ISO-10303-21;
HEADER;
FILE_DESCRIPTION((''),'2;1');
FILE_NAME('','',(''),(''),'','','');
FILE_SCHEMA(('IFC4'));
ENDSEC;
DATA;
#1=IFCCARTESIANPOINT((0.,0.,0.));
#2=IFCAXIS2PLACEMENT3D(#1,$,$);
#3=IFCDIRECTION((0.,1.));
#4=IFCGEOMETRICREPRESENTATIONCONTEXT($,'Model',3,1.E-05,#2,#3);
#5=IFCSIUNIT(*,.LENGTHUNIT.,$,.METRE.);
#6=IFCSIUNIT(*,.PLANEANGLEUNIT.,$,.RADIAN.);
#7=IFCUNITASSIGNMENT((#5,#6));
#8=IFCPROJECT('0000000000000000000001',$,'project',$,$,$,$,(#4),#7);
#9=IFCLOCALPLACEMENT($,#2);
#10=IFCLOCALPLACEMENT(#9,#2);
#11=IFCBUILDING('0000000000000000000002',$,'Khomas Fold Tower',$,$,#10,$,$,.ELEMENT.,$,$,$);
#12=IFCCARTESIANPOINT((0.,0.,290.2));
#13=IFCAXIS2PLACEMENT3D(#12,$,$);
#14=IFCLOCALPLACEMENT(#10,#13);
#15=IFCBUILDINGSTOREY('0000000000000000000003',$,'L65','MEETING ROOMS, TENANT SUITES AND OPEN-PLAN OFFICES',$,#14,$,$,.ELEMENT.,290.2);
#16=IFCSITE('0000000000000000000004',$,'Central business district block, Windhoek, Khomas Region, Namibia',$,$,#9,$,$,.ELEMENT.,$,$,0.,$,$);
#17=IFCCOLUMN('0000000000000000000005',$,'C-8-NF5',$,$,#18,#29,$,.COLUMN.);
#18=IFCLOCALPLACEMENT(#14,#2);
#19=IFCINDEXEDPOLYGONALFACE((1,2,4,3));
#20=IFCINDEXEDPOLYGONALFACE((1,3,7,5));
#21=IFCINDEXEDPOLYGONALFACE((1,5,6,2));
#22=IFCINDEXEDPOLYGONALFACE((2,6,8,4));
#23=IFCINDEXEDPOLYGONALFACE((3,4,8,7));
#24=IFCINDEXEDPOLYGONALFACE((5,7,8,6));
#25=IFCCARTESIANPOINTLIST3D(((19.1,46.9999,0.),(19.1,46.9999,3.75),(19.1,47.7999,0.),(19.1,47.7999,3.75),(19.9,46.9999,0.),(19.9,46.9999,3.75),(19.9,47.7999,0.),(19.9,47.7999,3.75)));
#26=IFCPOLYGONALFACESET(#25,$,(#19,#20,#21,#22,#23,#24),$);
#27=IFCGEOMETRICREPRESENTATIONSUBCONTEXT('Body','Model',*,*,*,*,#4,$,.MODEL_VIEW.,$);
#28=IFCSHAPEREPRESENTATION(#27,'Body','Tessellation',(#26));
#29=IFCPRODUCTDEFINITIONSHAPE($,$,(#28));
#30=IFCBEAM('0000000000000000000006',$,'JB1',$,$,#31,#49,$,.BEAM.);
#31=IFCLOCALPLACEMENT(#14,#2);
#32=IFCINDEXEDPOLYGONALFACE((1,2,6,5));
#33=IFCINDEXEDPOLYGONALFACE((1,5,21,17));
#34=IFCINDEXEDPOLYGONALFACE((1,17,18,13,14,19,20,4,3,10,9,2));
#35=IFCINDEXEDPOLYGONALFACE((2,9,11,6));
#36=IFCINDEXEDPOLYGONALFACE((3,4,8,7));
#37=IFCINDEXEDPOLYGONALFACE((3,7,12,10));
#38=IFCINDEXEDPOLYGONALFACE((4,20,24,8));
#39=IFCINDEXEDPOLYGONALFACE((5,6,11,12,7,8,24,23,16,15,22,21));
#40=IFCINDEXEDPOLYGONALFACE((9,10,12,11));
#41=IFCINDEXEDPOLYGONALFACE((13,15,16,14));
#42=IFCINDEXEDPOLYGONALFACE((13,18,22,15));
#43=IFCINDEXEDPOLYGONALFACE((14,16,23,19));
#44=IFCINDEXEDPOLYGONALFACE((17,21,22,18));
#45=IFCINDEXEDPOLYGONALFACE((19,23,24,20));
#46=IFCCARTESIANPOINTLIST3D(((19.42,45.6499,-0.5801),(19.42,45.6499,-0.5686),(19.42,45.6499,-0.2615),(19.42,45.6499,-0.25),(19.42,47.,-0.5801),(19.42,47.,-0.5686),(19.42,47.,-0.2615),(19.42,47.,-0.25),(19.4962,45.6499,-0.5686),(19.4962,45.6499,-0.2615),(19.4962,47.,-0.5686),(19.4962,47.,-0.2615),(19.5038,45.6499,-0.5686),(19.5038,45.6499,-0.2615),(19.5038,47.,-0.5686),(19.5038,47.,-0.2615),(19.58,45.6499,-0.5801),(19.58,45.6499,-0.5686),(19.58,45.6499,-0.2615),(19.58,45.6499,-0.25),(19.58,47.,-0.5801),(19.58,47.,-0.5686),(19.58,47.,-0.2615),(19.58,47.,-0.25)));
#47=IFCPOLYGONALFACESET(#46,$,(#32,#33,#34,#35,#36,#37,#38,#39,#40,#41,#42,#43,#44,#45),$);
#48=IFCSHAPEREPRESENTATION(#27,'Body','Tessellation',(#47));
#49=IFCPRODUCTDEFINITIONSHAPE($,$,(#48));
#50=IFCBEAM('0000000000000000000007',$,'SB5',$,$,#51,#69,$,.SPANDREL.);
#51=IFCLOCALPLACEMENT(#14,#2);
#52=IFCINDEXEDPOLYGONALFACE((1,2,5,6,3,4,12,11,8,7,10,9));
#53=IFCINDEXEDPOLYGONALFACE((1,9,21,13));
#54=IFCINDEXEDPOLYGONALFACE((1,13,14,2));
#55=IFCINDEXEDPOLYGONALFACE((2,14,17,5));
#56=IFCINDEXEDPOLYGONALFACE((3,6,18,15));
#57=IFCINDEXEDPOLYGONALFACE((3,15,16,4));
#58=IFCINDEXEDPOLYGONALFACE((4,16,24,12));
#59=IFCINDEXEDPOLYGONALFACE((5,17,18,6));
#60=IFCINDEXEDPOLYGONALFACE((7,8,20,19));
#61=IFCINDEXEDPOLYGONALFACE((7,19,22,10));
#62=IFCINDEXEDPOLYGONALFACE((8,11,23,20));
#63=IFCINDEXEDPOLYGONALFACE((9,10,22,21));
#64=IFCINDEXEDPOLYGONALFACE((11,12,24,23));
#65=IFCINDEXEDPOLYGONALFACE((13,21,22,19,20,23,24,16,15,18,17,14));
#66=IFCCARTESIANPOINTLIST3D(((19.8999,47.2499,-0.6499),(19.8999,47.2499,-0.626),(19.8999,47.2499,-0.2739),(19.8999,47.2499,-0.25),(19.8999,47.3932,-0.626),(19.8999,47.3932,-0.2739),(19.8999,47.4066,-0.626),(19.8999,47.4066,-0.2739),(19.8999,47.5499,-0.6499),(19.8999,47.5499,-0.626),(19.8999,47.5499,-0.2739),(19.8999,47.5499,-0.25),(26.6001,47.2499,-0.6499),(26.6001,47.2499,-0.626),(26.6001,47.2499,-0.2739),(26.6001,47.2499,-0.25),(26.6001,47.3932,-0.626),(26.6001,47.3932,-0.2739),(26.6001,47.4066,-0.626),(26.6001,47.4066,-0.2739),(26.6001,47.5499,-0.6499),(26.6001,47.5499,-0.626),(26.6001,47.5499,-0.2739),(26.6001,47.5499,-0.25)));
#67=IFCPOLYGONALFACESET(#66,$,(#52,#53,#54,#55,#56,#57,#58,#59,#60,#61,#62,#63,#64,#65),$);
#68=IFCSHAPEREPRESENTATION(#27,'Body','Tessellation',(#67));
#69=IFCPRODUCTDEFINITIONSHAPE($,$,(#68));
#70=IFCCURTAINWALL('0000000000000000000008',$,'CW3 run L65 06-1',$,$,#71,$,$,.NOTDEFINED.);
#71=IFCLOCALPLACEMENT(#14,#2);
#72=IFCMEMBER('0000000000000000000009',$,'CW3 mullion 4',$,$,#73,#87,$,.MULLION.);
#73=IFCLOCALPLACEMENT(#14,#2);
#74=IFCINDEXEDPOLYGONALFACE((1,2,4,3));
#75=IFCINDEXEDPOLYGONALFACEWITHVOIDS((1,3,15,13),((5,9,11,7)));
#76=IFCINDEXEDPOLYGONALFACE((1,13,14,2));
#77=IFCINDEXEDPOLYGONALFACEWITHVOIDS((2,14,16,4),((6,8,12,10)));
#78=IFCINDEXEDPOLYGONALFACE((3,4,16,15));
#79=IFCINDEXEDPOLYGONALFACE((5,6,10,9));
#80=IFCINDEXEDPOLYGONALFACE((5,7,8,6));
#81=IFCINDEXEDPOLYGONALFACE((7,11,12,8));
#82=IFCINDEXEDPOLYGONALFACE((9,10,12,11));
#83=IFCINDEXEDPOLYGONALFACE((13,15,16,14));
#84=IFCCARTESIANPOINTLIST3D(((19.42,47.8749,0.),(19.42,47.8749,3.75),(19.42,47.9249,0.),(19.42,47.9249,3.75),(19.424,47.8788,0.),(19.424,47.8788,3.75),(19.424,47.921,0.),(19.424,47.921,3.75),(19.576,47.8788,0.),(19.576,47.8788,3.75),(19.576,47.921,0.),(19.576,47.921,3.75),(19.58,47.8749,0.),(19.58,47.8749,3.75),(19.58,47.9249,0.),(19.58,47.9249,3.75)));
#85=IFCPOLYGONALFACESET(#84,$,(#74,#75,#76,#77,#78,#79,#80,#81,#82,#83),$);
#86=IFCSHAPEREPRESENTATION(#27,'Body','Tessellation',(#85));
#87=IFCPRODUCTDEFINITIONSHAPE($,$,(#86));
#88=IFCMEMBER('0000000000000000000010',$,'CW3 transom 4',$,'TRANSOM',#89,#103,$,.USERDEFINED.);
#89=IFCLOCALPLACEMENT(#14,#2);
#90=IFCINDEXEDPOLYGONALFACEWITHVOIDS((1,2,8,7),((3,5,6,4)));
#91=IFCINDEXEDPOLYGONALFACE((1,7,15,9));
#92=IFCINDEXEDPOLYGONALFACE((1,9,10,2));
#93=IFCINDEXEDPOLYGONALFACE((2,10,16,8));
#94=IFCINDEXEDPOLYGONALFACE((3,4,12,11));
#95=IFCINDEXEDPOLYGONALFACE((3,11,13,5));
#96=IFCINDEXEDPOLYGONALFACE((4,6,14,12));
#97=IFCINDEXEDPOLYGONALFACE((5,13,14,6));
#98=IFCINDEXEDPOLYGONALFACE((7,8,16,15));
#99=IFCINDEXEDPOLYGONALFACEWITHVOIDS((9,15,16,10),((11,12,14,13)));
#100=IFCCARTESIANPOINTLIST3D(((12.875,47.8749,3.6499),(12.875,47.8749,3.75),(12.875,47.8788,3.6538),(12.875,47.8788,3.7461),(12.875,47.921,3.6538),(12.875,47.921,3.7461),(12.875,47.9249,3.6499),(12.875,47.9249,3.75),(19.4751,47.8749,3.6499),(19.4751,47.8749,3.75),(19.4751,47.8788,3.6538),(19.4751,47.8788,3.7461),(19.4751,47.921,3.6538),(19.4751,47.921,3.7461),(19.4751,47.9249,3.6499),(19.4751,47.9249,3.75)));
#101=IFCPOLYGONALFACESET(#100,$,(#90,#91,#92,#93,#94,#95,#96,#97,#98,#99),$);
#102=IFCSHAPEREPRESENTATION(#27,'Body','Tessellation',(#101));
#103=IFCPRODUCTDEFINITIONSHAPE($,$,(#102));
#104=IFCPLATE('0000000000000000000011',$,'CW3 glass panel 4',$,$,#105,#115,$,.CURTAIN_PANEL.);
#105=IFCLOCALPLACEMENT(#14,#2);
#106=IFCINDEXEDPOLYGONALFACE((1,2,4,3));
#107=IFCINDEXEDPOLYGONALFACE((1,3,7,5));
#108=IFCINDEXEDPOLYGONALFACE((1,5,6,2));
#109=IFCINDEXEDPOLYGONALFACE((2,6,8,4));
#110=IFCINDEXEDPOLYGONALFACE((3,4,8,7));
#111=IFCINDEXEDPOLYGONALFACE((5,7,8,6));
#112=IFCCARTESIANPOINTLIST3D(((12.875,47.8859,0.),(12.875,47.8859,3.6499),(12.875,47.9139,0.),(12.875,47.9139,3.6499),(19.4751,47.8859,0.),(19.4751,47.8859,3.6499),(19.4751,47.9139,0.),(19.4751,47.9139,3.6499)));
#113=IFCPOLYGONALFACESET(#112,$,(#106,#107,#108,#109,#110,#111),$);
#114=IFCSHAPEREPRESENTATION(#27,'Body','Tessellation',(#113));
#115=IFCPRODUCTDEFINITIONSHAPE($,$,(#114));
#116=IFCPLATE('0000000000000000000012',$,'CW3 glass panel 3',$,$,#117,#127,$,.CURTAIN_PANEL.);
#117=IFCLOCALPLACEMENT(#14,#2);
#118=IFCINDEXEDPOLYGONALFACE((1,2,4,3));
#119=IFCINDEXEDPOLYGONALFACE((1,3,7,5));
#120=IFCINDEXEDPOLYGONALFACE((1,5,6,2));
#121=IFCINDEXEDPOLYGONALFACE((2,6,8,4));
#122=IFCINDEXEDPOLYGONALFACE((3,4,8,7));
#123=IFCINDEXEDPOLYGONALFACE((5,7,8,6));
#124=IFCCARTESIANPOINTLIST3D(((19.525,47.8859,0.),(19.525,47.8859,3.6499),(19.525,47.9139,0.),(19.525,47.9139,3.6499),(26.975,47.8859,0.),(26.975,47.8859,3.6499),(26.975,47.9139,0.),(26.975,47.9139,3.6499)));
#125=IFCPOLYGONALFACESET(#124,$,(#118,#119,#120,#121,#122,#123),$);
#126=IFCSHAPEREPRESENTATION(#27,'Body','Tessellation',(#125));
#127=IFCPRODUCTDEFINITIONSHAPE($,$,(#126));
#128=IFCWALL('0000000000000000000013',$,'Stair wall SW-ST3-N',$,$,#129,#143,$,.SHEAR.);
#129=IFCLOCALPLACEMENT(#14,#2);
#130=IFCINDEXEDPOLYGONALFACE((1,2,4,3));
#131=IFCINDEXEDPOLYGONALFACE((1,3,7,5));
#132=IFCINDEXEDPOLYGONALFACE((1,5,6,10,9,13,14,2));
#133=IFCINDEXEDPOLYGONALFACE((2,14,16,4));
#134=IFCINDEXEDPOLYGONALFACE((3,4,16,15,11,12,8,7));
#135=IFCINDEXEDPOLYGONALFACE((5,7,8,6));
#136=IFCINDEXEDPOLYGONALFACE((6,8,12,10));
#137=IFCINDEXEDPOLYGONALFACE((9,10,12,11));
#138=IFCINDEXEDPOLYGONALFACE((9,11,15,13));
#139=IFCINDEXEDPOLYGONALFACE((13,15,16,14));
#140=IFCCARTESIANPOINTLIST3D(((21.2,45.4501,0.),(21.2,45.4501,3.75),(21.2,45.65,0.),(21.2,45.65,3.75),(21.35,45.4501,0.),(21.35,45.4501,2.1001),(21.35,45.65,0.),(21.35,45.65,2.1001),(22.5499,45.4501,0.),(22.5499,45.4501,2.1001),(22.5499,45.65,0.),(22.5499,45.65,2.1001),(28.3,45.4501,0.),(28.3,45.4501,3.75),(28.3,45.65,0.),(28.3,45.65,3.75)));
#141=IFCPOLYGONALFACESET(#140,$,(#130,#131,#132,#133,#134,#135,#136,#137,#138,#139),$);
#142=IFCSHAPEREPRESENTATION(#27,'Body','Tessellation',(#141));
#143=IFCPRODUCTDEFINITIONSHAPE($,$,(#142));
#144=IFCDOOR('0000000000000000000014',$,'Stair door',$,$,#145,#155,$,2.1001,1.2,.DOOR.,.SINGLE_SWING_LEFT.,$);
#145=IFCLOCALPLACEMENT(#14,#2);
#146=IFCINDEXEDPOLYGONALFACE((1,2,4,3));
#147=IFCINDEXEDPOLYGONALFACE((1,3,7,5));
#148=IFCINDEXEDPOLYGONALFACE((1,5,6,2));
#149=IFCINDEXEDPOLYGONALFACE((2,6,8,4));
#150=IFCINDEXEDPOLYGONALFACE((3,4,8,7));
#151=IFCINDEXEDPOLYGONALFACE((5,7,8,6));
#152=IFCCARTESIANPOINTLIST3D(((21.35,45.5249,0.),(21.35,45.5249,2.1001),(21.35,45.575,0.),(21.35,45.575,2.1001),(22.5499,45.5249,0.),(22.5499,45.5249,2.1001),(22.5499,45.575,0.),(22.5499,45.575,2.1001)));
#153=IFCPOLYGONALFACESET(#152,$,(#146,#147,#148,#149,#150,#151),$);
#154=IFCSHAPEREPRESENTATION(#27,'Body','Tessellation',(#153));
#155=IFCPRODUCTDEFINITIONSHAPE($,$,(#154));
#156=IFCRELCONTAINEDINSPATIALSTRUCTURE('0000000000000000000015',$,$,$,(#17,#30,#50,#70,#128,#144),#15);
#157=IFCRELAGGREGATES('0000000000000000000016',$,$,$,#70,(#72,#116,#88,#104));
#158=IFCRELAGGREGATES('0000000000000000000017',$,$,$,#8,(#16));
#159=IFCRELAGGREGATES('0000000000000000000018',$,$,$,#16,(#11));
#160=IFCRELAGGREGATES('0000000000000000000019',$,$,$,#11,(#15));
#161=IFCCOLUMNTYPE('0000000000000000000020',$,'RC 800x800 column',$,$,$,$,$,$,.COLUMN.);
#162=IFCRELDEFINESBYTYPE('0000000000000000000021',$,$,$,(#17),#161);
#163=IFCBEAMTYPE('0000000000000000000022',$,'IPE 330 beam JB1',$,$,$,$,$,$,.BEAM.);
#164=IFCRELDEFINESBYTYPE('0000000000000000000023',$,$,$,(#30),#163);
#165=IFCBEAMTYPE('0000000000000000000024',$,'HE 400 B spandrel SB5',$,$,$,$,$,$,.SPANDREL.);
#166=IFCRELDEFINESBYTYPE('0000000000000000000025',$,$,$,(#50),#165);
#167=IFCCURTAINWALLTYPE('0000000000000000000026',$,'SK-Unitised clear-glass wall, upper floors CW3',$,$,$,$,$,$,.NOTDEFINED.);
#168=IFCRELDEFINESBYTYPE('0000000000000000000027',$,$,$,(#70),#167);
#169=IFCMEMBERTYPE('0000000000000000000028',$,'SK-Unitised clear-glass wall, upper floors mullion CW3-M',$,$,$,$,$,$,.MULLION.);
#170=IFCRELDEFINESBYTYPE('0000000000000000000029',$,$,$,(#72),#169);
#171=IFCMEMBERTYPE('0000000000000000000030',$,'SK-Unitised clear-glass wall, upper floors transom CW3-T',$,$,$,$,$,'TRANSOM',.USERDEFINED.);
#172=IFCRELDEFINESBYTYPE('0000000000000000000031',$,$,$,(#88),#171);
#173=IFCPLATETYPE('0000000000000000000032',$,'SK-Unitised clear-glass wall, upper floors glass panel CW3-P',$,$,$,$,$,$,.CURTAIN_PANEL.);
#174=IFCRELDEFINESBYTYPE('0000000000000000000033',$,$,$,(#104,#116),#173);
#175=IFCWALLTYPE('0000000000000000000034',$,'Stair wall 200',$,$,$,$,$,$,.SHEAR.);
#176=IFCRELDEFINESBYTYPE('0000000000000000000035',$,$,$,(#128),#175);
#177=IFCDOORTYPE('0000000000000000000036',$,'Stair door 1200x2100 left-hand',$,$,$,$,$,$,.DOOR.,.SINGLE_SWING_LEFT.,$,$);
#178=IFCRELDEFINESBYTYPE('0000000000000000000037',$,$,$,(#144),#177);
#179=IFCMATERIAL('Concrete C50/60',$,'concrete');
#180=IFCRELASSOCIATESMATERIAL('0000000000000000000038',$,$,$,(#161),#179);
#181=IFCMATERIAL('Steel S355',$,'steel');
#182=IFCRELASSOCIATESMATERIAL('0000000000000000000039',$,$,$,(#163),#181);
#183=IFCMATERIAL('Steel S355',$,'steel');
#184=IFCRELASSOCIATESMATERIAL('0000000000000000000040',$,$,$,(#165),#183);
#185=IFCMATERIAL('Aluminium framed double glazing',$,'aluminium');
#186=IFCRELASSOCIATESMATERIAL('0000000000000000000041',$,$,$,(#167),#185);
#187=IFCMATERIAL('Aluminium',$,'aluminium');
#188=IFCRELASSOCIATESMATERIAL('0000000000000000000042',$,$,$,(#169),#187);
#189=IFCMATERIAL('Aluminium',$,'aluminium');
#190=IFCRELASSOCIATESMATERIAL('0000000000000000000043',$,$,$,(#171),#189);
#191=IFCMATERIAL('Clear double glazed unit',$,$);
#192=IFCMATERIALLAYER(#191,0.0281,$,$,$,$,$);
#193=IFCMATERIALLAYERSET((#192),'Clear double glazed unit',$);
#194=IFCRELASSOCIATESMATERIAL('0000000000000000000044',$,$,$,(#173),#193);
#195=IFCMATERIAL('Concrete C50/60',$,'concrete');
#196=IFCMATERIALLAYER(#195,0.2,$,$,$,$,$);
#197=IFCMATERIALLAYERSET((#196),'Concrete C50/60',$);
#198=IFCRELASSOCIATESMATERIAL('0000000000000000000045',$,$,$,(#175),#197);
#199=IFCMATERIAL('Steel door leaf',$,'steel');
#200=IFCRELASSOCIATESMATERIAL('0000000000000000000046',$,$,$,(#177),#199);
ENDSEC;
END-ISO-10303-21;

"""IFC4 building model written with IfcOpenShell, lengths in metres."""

from ifc_helpers import new_model, si_unit, direction, frame, frame_2d, origin, origin_2d, place, context, subcontext, project, spatial, rectangle, hollow_rectangle, i_section, extrude, source, transform, mapped, material, layer, layer_set, material_profile, profile_set, type_object, element, fill, aggregate, save


model = new_model("IFC4")

# Units and contexts
model_context = context("Model", 3, precision=1e-05, world=origin(), true_north=direction((0.0, 1.0)))
body_context = subcontext(model_context, "Body", "Model", "MODEL_VIEW")
ifc_project = project(units=[si_unit("LENGTHUNIT", "METRE"), si_unit("PLANEANGLEUNIT", "RADIAN")], contexts=[model_context])

# Site, building, storey
site_placement = place(None, origin())
site = spatial("IfcSite", under=ifc_project, at=site_placement, Name="Central business district block, Windhoek, Khomas Region, Namibia", CompositionType="ELEMENT", RefElevation=0.0)
building_placement = place(site_placement, origin())
building = spatial("IfcBuilding", under=site, at=building_placement, Name="Khomas Fold Tower", CompositionType="ELEMENT")
storey_placement = place(building_placement, frame((0.0, 0.0, 290.2)))
storey = spatial("IfcBuildingStorey", under=building, at=storey_placement, Name="L65", Description="MEETING ROOMS, TENANT SUITES AND OPEN-PLAN OFFICES", CompositionType="ELEMENT", Elevation=290.2)

# Column
ifc_material_1 = material(Name="Concrete C50/60", Category="concrete")
ifc_material_profile_1 = material_profile(ifc_material_1, rectangle(XDim=0.8, YDim=0.8, at=origin_2d()), Name="RC 800x800")
ifc_profile_set_1 = profile_set([ifc_material_profile_1], Name="Concrete C50/60")
column_type = type_object("IfcColumnType", Name="RC 800x800 column", PredefinedType="COLUMN", material=ifc_profile_set_1)
shared_shape_1 = source(origin(), body_context, "Body", "SweptSolid", [
    extrude(rectangle(XDim=0.8, YDim=0.8, at=origin_2d()), origin(), (0.0, 0.0, 1.0), 3.75),
])
column_placement = place(storey_placement, frame((19.5, 47.3999, 0.0), z_axis=(0.0, 0.0, 1.0), x_axis=(1.0, 0.0, 0.0)))
element("IfcColumn", 1, at=column_placement, inside=storey, type_object=column_type, Name="C-8-NF5", PredefinedType="COLUMN", context=body_context, shape_type="MappedRepresentation", body=[
    mapped(shared_shape_1, transform((0.0, 0.0, 0.0))),
])

# Beams
ifc_material_2 = material(Name="Steel S355", Category="steel")
ifc_material_profile_2 = material_profile(ifc_material_2, i_section(OverallWidth=0.1599, OverallDepth=0.3301, WebThickness=0.0076, FlangeThickness=0.0115, at=origin_2d()), Name="IPE 330")
ifc_profile_set_2 = profile_set([ifc_material_profile_2], Name="Steel S355")
beam_type_1 = type_object("IfcBeamType", Name="IPE 330 beam JB1", PredefinedType="BEAM", material=ifc_profile_set_2)
shared_shape_2 = source(origin(), body_context, "Body", "SweptSolid", [
    extrude(i_section(OverallWidth=0.1599, OverallDepth=0.3301, WebThickness=0.0076, FlangeThickness=0.0115, at=origin_2d()), origin(), (0.0, 0.0, 1.0), 1.3501),
])
beam_1_placement = place(storey_placement, frame((19.5, 45.6499, -0.415), z_axis=(0.0, 1.0, 0.0), x_axis=(-1.0, 0.0, 0.0)))
element("IfcBeam", 2, at=beam_1_placement, inside=storey, type_object=beam_type_1, Name="JB1", PredefinedType="BEAM", context=body_context, shape_type="MappedRepresentation", body=[
    mapped(shared_shape_2, transform((0.0, 0.0, 0.0))),
])
ifc_material_3 = material(Name="Steel S355", Category="steel")
ifc_material_profile_3 = material_profile(ifc_material_3, i_section(OverallWidth=0.3, OverallDepth=0.3999, WebThickness=0.0134, FlangeThickness=0.0239, at=origin_2d()), Name="HE 400 B")
ifc_profile_set_3 = profile_set([ifc_material_profile_3], Name="Steel S355")
beam_type_2 = type_object("IfcBeamType", Name="HE 400 B spandrel SB5", PredefinedType="SPANDREL", material=ifc_profile_set_3)
shared_shape_3 = source(origin(), body_context, "Body", "SweptSolid", [
    extrude(i_section(OverallWidth=0.3, OverallDepth=0.3999, WebThickness=0.0134, FlangeThickness=0.0239, at=origin_2d()), origin(), (0.0, 0.0, 1.0), 6.7002),
])
beam_2_placement = place(storey_placement, frame((19.8999, 47.3999, -0.45), z_axis=(1.0, 0.0, 0.0), x_axis=(0.0, 1.0, 0.0)))
element("IfcBeam", 3, at=beam_2_placement, inside=storey, type_object=beam_type_2, Name="SB5", PredefinedType="SPANDREL", context=body_context, shape_type="MappedRepresentation", body=[
    mapped(shared_shape_3, transform((0.0, 0.0, 0.0))),
])

# Curtain wall, members, plates
ifc_material_4 = material(Name="Aluminium framed double glazing", Category="aluminium")
curtain_wall_type = type_object("IfcCurtainWallType", Name="SK-Unitised clear-glass wall, upper floors CW3", PredefinedType="NOTDEFINED", material=ifc_material_4)
curtain_wall_placement = place(storey_placement, origin())
curtain_wall = element("IfcCurtainWall", 4, at=curtain_wall_placement, inside=storey, type_object=curtain_wall_type, Name="CW3 run L65 06-1", PredefinedType="NOTDEFINED")
ifc_material_5 = material(Name="Aluminium", Category="aluminium")
ifc_material_profile_4 = material_profile(ifc_material_5, hollow_rectangle(XDim=0.05, YDim=0.1599, WallThickness=0.0039, at=origin_2d()), Name="SK-Unitised clear-glass wall, upper floors mullion CW3-M")
ifc_profile_set_4 = profile_set([ifc_material_profile_4], Name="Aluminium")
member_type_1 = type_object("IfcMemberType", Name="SK-Unitised clear-glass wall, upper floors mullion CW3-M", PredefinedType="MULLION", material=ifc_profile_set_4)
shared_shape_4 = source(origin(), body_context, "Body", "SweptSolid", [
    extrude(hollow_rectangle(XDim=0.05, YDim=0.1599, WallThickness=0.0039, at=origin_2d()), origin(), (0.0, 0.0, 1.0), 3.75),
])
member_1_placement = place(storey_placement, frame((19.5, 47.8999, 0.0), z_axis=(0.0, 0.0, 1.0), x_axis=(0.0, -1.0, 0.0)))
member_1 = element("IfcMember", 5, at=member_1_placement, type_object=member_type_1, Name="CW3 mullion 4", PredefinedType="MULLION", context=body_context, shape_type="MappedRepresentation", body=[
    mapped(shared_shape_4, transform((0.0, 0.0, 0.0))),
])
ifc_material_6 = material(Name="Aluminium", Category="aluminium")
ifc_material_profile_5 = material_profile(ifc_material_6, hollow_rectangle(XDim=0.05, YDim=0.1001, WallThickness=0.0039, at=origin_2d()), Name="SK-Unitised clear-glass wall, upper floors transom CW3-T")
ifc_profile_set_5 = profile_set([ifc_material_profile_5], Name="Aluminium")
member_type_2 = type_object("IfcMemberType", Name="SK-Unitised clear-glass wall, upper floors transom CW3-T", ElementType="TRANSOM", PredefinedType="USERDEFINED", material=ifc_profile_set_5)
shared_shape_5 = source(origin(), body_context, "Body", "SweptSolid", [
    extrude(hollow_rectangle(XDim=0.05, YDim=0.1001, WallThickness=0.0039, at=origin_2d()), origin(), (0.0, 0.0, 1.0), 6.6001),
])
member_2_placement = place(storey_placement, frame((19.4751, 47.8999, 3.7), z_axis=(-1.0, 0.0, 0.0), x_axis=(0.0, -1.0, 0.0)))
member_2 = element("IfcMember", 6, at=member_2_placement, type_object=member_type_2, Name="CW3 transom 4", ObjectType="TRANSOM", PredefinedType="USERDEFINED", context=body_context, shape_type="MappedRepresentation", body=[
    mapped(shared_shape_5, transform((0.0, 0.0, 0.0))),
])
ifc_material_7 = material(Name="Clear double glazed unit")
ifc_layer_1 = layer(ifc_material_7, 0.0281)
ifc_layer_set_1 = layer_set([ifc_layer_1], Name="Clear double glazed unit")
plate_type = type_object("IfcPlateType", Name="SK-Unitised clear-glass wall, upper floors glass panel CW3-P", PredefinedType="CURTAIN_PANEL", material=ifc_layer_set_1)
shared_shape_6 = source(origin(), body_context, "Body", "SweptSolid", [
    extrude(rectangle(XDim=6.6001, YDim=0.0281, at=origin_2d()), origin(), (0.0, 0.0, 1.0), 3.6499),
])
plate_1_placement = place(storey_placement, frame((16.175, 47.8999, 0.0), z_axis=(0.0, 0.0, 1.0), x_axis=(-1.0, 0.0, 0.0)))
plate_1 = element("IfcPlate", 7, at=plate_1_placement, type_object=plate_type, Name="CW3 glass panel 4", PredefinedType="CURTAIN_PANEL", context=body_context, shape_type="MappedRepresentation", body=[
    mapped(shared_shape_6, transform((0.0, 0.0, 0.0))),
])
shared_shape_7 = source(origin(), body_context, "Body", "SweptSolid", [
    extrude(rectangle(XDim=7.45, YDim=0.0281, at=origin_2d()), origin(), (0.0, 0.0, 1.0), 3.6499),
])
plate_2_placement = place(storey_placement, frame((23.25, 47.8999, 0.0), z_axis=(0.0, 0.0, 1.0), x_axis=(-1.0, 0.0, 0.0)))
plate_2 = element("IfcPlate", 8, at=plate_2_placement, type_object=plate_type, Name="CW3 glass panel 3", PredefinedType="CURTAIN_PANEL", context=body_context, shape_type="MappedRepresentation", body=[
    mapped(shared_shape_7, transform((0.0, 0.0, 0.0))),
])
aggregate(curtain_wall, [member_1, plate_2, member_2, plate_1])

# Wall, opening, door
ifc_material_8 = material(Name="Concrete C50/60", Category="concrete")
ifc_layer_2 = layer(ifc_material_8, 0.2)
ifc_layer_set_2 = layer_set([ifc_layer_2], Name="Concrete C50/60")
wall_type_1 = type_object("IfcWallType", Name="Stair wall 200", PredefinedType="SHEAR", material=ifc_layer_set_2)
shared_shape_8 = source(origin(), body_context, "Body", "SweptSolid", [
    extrude(rectangle(XDim=7.1001, YDim=0.2, at=frame_2d((3.55, 0.0))), origin(), (0.0, 0.0, 1.0), 3.75),
])
wall_1_placement = place(storey_placement, frame((21.2, 45.55, 0.0), z_axis=(0.0, 0.0, 1.0), x_axis=(1.0, 0.0, 0.0)))
wall_1 = element("IfcWall", 9, at=wall_1_placement, inside=storey, type_object=wall_type_1, Name="Stair wall SW-ST3-N", PredefinedType="SHEAR", context=body_context, shape_type="MappedRepresentation", body=[
    mapped(shared_shape_8, transform((0.0, 0.0, 0.0))),
])
shared_shape_9 = source(origin(), body_context, "Body", "SweptSolid", [
    extrude(rectangle(XDim=1.2, YDim=2.1001, at=frame_2d((0.6001, 1.05))), frame((0.0, 0.1099, 0.0), z_axis=(0.0, -1.0, 0.0), x_axis=(1.0, 0.0, 0.0)), (0.0, 0.0, 1.0), 0.22),
])
opening_placement = place(wall_1_placement, frame((0.1499, 0.0, 0.0)))
opening = element("IfcOpeningElement", 10, at=opening_placement, cuts=wall_1, PredefinedType="OPENING", context=body_context, shape_type="MappedRepresentation", body=[
    mapped(shared_shape_9, transform((0.0, 0.0, 0.0))),
])
ifc_material_9 = material(Name="Steel door leaf", Category="steel")
door_type = type_object("IfcDoorType", Name="Stair door 1200x2100 left-hand", OperationType="SINGLE_SWING_LEFT", PredefinedType="DOOR", material=ifc_material_9)
shared_shape_10 = source(origin(), body_context, "Body", "SweptSolid", [
    extrude(rectangle(XDim=1.2, YDim=2.1001, at=frame_2d((0.6001, 1.05))), frame((0.0, 0.0249, 0.0), z_axis=(0.0, -1.0, 0.0), x_axis=(1.0, 0.0, 0.0)), (0.0, 0.0, 1.0), 0.05),
])
door_placement = place(opening_placement, origin())
door = element("IfcDoor", 11, at=door_placement, inside=storey, type_object=door_type, Name="Stair door", OperationType="SINGLE_SWING_LEFT", OverallHeight=2.1001, OverallWidth=1.2, PredefinedType="DOOR", context=body_context, shape_type="MappedRepresentation", body=[
    mapped(shared_shape_10, transform((0.0, 0.0, 0.0))),
])
fill(opening, door)

save(model, "model.ifc")
